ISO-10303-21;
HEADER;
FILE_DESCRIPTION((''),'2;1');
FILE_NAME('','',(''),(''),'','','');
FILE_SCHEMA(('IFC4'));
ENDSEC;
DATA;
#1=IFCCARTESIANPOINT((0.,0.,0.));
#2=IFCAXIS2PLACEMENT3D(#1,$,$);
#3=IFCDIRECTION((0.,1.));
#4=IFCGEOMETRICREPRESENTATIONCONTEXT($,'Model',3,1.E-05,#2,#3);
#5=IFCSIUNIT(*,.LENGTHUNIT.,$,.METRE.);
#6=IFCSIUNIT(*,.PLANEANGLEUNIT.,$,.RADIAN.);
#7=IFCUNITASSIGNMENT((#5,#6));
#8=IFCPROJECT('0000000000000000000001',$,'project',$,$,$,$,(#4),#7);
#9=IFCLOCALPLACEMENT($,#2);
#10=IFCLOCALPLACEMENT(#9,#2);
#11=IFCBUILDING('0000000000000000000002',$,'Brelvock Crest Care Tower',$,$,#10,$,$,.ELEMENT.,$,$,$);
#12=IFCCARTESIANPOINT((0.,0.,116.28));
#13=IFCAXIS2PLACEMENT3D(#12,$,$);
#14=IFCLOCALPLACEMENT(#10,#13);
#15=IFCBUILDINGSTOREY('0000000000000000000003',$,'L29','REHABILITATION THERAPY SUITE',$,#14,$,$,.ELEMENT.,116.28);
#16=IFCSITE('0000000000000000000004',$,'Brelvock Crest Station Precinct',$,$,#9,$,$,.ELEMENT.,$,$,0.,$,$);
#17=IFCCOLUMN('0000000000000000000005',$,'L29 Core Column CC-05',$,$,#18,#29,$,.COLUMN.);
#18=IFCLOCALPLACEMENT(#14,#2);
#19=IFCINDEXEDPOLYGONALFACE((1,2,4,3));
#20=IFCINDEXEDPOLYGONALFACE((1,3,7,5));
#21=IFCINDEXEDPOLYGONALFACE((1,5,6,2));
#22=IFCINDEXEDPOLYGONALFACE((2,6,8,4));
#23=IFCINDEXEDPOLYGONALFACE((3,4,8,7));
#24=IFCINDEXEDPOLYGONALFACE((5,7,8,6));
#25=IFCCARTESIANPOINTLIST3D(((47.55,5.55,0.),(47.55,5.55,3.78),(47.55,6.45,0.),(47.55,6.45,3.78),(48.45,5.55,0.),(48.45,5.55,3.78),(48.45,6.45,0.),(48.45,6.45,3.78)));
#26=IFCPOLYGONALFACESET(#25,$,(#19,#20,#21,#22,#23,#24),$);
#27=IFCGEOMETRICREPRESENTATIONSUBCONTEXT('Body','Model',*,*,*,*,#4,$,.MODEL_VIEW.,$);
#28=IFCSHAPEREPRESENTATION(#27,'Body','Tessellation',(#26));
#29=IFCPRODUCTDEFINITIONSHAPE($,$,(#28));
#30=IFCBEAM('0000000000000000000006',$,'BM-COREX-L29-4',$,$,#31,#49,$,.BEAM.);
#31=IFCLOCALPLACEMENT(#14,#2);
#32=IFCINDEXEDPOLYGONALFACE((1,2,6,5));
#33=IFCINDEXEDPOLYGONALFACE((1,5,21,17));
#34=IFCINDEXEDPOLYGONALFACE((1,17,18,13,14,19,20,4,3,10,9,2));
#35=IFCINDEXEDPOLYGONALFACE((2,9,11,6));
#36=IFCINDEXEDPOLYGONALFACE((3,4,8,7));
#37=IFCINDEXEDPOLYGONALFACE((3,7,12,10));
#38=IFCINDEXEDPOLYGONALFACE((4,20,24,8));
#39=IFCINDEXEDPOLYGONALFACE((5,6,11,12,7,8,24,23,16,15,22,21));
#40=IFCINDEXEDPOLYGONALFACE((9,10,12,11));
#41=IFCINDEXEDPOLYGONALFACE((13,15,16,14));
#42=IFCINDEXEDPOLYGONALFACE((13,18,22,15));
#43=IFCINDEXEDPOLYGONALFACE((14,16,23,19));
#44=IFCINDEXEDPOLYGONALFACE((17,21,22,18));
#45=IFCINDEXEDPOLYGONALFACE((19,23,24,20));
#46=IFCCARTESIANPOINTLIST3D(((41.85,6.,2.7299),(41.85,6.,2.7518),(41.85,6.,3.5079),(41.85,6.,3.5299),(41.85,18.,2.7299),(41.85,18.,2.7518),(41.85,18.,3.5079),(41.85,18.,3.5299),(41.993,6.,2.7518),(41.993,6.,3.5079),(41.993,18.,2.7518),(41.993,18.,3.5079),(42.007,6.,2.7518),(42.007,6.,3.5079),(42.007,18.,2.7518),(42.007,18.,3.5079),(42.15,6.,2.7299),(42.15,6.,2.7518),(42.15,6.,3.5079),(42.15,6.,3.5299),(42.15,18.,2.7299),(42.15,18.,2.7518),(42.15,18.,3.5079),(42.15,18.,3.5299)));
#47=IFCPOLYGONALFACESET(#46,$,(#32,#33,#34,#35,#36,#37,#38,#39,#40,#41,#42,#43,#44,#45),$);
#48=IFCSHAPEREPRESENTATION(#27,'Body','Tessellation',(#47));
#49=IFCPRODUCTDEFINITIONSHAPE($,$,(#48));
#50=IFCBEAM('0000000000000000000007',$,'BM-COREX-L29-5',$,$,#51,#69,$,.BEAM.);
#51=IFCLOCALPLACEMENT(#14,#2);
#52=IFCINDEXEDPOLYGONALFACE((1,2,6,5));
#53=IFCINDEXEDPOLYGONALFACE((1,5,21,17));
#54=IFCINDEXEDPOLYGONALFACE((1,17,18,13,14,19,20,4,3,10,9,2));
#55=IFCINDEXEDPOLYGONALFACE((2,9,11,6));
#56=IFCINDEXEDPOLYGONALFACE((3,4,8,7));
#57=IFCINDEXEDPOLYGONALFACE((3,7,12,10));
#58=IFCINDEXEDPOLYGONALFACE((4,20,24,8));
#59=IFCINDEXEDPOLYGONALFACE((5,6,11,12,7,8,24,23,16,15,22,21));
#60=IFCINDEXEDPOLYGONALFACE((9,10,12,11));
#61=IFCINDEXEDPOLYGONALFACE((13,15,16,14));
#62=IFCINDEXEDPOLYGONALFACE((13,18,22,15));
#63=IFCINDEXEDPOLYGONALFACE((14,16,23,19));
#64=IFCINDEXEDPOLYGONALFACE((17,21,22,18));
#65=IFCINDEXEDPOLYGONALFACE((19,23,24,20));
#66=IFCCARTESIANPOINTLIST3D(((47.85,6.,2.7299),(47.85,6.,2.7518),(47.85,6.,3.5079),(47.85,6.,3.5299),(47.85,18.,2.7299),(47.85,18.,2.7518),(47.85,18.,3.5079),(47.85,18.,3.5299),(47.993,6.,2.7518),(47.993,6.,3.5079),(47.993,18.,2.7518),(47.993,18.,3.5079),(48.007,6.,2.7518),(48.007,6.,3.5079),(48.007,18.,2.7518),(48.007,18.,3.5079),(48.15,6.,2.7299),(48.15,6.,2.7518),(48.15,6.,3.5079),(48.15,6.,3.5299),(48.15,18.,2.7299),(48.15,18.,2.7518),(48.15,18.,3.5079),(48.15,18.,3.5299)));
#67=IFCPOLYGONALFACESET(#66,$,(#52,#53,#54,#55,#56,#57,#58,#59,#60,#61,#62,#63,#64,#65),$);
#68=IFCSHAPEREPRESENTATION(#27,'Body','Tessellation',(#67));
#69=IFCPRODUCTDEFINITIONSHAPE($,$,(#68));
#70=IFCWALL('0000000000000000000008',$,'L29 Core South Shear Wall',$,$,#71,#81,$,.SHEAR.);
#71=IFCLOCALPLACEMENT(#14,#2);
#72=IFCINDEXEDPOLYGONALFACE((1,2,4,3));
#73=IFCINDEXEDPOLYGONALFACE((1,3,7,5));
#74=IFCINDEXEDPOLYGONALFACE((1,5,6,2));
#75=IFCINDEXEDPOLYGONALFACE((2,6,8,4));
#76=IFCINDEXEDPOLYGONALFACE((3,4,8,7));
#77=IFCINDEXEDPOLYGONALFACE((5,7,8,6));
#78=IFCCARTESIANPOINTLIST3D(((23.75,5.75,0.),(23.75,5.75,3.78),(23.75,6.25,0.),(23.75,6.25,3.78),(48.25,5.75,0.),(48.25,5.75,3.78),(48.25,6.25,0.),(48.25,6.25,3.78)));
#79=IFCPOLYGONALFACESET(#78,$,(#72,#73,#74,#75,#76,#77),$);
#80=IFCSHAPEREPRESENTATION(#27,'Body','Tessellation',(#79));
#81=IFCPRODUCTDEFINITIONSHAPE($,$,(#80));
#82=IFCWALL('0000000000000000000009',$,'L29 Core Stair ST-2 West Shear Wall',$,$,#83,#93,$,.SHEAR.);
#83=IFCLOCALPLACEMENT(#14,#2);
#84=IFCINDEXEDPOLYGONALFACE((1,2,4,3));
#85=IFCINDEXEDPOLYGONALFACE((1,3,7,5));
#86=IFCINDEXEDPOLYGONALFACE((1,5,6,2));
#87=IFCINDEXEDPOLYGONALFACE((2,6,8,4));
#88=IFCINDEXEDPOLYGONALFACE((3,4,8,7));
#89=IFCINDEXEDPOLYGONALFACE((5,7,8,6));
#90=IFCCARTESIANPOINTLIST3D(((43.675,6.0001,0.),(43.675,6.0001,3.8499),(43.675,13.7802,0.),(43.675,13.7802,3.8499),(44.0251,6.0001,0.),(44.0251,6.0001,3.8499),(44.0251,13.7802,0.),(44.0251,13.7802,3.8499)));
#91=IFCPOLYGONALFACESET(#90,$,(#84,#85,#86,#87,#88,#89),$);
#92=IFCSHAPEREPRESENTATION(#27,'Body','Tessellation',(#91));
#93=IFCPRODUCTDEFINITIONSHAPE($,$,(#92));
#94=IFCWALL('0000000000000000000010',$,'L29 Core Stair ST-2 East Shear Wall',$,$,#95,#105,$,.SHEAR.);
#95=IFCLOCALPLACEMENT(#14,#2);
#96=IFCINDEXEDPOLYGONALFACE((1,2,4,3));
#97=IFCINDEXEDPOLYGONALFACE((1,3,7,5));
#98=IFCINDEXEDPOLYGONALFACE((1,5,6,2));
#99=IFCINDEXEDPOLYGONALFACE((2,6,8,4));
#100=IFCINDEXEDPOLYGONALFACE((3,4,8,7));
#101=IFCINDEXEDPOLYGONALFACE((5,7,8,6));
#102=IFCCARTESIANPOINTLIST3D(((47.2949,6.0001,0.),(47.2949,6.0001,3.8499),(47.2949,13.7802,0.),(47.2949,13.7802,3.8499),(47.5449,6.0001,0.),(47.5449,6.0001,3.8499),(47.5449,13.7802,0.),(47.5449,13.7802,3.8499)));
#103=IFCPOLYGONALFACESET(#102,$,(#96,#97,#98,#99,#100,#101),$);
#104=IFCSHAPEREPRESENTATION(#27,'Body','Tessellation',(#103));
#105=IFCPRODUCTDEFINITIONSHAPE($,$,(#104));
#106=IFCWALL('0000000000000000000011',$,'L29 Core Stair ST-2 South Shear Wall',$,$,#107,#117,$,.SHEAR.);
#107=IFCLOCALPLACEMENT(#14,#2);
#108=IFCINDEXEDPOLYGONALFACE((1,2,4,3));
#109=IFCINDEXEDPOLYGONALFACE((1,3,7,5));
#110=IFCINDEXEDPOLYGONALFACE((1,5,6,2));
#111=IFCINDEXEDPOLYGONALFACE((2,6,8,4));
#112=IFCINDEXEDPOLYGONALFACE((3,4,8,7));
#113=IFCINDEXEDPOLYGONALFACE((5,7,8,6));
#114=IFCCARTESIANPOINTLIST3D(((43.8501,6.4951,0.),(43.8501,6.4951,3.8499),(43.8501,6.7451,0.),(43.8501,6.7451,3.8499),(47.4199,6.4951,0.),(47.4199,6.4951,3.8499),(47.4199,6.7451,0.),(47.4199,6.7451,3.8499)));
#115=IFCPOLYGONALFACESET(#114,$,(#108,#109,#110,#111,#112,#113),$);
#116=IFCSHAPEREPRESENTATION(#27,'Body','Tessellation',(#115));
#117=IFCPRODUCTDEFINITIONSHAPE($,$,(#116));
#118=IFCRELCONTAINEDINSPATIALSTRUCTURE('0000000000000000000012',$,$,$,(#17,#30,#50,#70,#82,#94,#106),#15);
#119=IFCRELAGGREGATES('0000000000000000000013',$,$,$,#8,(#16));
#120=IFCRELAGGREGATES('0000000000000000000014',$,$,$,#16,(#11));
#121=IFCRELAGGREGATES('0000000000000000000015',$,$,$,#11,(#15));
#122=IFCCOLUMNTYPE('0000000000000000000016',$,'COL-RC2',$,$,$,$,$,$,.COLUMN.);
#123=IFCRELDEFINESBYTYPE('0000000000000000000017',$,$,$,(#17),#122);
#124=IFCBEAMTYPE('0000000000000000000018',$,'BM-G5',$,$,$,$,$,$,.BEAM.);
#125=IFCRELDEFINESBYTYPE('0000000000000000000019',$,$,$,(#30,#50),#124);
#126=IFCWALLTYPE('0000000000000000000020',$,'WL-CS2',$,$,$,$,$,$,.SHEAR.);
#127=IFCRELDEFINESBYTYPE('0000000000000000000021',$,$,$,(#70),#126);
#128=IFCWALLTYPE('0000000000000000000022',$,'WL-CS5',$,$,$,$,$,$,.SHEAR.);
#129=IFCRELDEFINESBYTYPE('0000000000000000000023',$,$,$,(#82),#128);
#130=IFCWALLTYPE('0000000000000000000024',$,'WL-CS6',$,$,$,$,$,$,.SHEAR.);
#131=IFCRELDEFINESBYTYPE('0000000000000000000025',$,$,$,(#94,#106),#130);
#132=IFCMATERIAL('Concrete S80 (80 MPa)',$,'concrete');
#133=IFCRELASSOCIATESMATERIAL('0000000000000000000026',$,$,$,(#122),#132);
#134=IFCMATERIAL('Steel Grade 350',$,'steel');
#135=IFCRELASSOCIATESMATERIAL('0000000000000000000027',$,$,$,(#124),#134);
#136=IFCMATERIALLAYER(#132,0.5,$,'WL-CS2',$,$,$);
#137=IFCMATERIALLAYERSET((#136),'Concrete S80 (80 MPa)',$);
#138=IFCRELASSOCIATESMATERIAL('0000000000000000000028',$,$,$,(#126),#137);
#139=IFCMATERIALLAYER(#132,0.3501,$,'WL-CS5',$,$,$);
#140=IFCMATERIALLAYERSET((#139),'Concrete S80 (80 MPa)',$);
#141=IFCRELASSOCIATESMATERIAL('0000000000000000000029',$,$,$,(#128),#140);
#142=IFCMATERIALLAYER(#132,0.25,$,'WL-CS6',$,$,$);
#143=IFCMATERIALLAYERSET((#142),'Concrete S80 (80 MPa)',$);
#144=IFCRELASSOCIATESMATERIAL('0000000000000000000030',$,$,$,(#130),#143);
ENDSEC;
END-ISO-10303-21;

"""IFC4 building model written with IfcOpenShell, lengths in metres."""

from ifc_helpers import new_model, si_unit, direction, frame, frame_2d, origin, origin_2d, place, context, subcontext, project, spatial, rectangle, i_section, extrude, source, transform, mapped, material, layer, layer_set, material_profile, profile_set, type_object, element, save


model = new_model("IFC4")

# Units and contexts
model_context = context("Model", 3, precision=1e-05, world=origin(), true_north=direction((0.0, 1.0)))
body_context = subcontext(model_context, "Body", "Model", "MODEL_VIEW")
ifc_project = project(units=[si_unit("LENGTHUNIT", "METRE"), si_unit("PLANEANGLEUNIT", "RADIAN")], contexts=[model_context])

# Site, building, storey
site_placement = place(None, origin())
site = spatial("IfcSite", under=ifc_project, at=site_placement, Name="Brelvock Crest Station Precinct", CompositionType="ELEMENT", RefElevation=0.0)
building_placement = place(site_placement, origin())
building = spatial("IfcBuilding", under=site, at=building_placement, Name="Brelvock Crest Care Tower", CompositionType="ELEMENT")
storey_placement = place(building_placement, frame((0.0, 0.0, 116.28)))
storey = spatial("IfcBuildingStorey", under=building, at=storey_placement, Name="L29", Description="REHABILITATION THERAPY SUITE", CompositionType="ELEMENT", Elevation=116.28)

# Column
ifc_material_1 = material(Name="Concrete S80 (80 MPa)", Category="concrete")
ifc_material_profile_1 = material_profile(ifc_material_1, rectangle(XDim=0.8999, YDim=0.8999, at=origin_2d()), Name="RC900x900")
ifc_profile_set_1 = profile_set([ifc_material_profile_1], Name="Concrete S80 (80 MPa)")
column_type = type_object("IfcColumnType", Name="COL-RC2", PredefinedType="COLUMN", material=ifc_profile_set_1)
shared_shape_1 = source(origin(), body_context, "Body", "SweptSolid", [
    extrude(rectangle(XDim=0.8999, YDim=0.8999, at=origin_2d()), origin(), (0.0, 0.0, 1.0), 3.78),
])
column_placement = place(storey_placement, frame((48.0, 6.0, 0.0), z_axis=(0.0, 0.0, 1.0), x_axis=(1.0, 0.0, 0.0)))
element("IfcColumn", 1, at=column_placement, inside=storey, type_object=column_type, Name="L29 Core Column CC-05", PredefinedType="COLUMN", context=body_context, shape_type="MappedRepresentation", body=[
    mapped(shared_shape_1, transform((0.0, 0.0, 0.0), x_axis=(1.0, 0.0, 0.0), y_axis=(0.0, 1.0, 0.0), z_axis=(0.0, 0.0, 1.0), scale=1.0)),
])

# Beams
ifc_material_2 = material(Name="Steel Grade 350", Category="steel")
ifc_material_profile_2 = material_profile(ifc_material_2, i_section(OverallWidth=0.3, OverallDepth=0.8, WebThickness=0.0139, FlangeThickness=0.022, at=origin_2d()), Name="800WB192")
ifc_profile_set_2 = profile_set([ifc_material_profile_2], Name="Steel Grade 350")
beam_type = type_object("IfcBeamType", Name="BM-G5", PredefinedType="BEAM", material=ifc_profile_set_2)
shared_shape_2 = source(origin(), body_context, "Body", "SweptSolid", [
    extrude(i_section(OverallWidth=0.3, OverallDepth=0.8, WebThickness=0.0139, FlangeThickness=0.022, at=origin_2d()), origin(), (0.0, 0.0, 1.0), 12.0),
])
for number, where, z_axis, x_axis, name in (
    (2, (42.0, 6.0, 3.1299), (0.0, 1.0, 0.0), (-1.0, 0.0, 0.0), "BM-COREX-L29-4"),
    (3, (48.0, 6.0, 3.1299), (0.0, 1.0, 0.0), (-1.0, 0.0, 0.0), "BM-COREX-L29-5"),
):
    element("IfcBeam", number, at=place(storey_placement, frame(where, z_axis=z_axis, x_axis=x_axis)), inside=storey, type_object=beam_type, Name=name, PredefinedType="BEAM", context=body_context, shape_type="MappedRepresentation", body=[
        mapped(shared_shape_2, transform((0.0, 0.0, 0.0), x_axis=(1.0, 0.0, 0.0), y_axis=(0.0, 1.0, 0.0), z_axis=(0.0, 0.0, 1.0), scale=1.0)),
    ])

# Walls
ifc_layer_1 = layer(ifc_material_1, 0.5, Name="WL-CS2")
ifc_layer_set_1 = layer_set([ifc_layer_1], Name="Concrete S80 (80 MPa)")
wall_type_1 = type_object("IfcWallType", Name="WL-CS2", PredefinedType="SHEAR", material=ifc_layer_set_1)
wall_1_placement = place(storey_placement, frame((48.25, 6.0, 0.0), z_axis=(0.0, 0.0, 1.0), x_axis=(-1.0, 0.0, 0.0)))
element("IfcWall", 4, at=wall_1_placement, inside=storey, type_object=wall_type_1, Name="L29 Core South Shear Wall", PredefinedType="SHEAR", context=body_context, shape_type="SweptSolid", body=[
    extrude(rectangle(XDim=24.5, YDim=0.5, at=frame_2d((12.25, 0.0))), origin(), (0.0, 0.0, 1.0), 3.78),
])
ifc_layer_2 = layer(ifc_material_1, 0.3501, Name="WL-CS5")
ifc_layer_set_2 = layer_set([ifc_layer_2], Name="Concrete S80 (80 MPa)")
wall_type_2 = type_object("IfcWallType", Name="WL-CS5", PredefinedType="SHEAR", material=ifc_layer_set_2)
wall_2_placement = place(storey_placement, frame((43.8501, 6.0, 0.0), z_axis=(0.0, 0.0, 1.0), x_axis=(0.0, 1.0, 0.0)))
element("IfcWall", 5, at=wall_2_placement, inside=storey, type_object=wall_type_2, Name="L29 Core Stair ST-2 West Shear Wall", PredefinedType="SHEAR", context=body_context, shape_type="SweptSolid", body=[
    extrude(rectangle(XDim=7.78, YDim=0.3501, at=frame_2d((3.8901, 0.0))), origin(), (0.0, 0.0, 1.0), 3.8499),
])
ifc_layer_3 = layer(ifc_material_1, 0.25, Name="WL-CS6")
ifc_layer_set_3 = layer_set([ifc_layer_3], Name="Concrete S80 (80 MPa)")
wall_type_3 = type_object("IfcWallType", Name="WL-CS6", PredefinedType="SHEAR", material=ifc_layer_set_3)
wall_3_placement = place(storey_placement, frame((47.4199, 6.0, 0.0), z_axis=(0.0, 0.0, 1.0), x_axis=(0.0, 1.0, 0.0)))
element("IfcWall", 6, at=wall_3_placement, inside=storey, type_object=wall_type_3, Name="L29 Core Stair ST-2 East Shear Wall", PredefinedType="SHEAR", context=body_context, shape_type="SweptSolid", body=[
    extrude(rectangle(XDim=7.78, YDim=0.25, at=frame_2d((3.8901, 0.0))), origin(), (0.0, 0.0, 1.0), 3.8499),
])
wall_4_placement = place(storey_placement, frame((43.8501, 6.6201, 0.0), z_axis=(0.0, 0.0, 1.0), x_axis=(1.0, 0.0, 0.0)))
element("IfcWall", 7, at=wall_4_placement, inside=storey, type_object=wall_type_3, Name="L29 Core Stair ST-2 South Shear Wall", PredefinedType="SHEAR", context=body_context, shape_type="SweptSolid", body=[
    extrude(rectangle(XDim=3.5698, YDim=0.25, at=frame_2d((1.7849, 0.0))), origin(), (0.0, 0.0, 1.0), 3.8499),
])

save(model, "model.ifc")
